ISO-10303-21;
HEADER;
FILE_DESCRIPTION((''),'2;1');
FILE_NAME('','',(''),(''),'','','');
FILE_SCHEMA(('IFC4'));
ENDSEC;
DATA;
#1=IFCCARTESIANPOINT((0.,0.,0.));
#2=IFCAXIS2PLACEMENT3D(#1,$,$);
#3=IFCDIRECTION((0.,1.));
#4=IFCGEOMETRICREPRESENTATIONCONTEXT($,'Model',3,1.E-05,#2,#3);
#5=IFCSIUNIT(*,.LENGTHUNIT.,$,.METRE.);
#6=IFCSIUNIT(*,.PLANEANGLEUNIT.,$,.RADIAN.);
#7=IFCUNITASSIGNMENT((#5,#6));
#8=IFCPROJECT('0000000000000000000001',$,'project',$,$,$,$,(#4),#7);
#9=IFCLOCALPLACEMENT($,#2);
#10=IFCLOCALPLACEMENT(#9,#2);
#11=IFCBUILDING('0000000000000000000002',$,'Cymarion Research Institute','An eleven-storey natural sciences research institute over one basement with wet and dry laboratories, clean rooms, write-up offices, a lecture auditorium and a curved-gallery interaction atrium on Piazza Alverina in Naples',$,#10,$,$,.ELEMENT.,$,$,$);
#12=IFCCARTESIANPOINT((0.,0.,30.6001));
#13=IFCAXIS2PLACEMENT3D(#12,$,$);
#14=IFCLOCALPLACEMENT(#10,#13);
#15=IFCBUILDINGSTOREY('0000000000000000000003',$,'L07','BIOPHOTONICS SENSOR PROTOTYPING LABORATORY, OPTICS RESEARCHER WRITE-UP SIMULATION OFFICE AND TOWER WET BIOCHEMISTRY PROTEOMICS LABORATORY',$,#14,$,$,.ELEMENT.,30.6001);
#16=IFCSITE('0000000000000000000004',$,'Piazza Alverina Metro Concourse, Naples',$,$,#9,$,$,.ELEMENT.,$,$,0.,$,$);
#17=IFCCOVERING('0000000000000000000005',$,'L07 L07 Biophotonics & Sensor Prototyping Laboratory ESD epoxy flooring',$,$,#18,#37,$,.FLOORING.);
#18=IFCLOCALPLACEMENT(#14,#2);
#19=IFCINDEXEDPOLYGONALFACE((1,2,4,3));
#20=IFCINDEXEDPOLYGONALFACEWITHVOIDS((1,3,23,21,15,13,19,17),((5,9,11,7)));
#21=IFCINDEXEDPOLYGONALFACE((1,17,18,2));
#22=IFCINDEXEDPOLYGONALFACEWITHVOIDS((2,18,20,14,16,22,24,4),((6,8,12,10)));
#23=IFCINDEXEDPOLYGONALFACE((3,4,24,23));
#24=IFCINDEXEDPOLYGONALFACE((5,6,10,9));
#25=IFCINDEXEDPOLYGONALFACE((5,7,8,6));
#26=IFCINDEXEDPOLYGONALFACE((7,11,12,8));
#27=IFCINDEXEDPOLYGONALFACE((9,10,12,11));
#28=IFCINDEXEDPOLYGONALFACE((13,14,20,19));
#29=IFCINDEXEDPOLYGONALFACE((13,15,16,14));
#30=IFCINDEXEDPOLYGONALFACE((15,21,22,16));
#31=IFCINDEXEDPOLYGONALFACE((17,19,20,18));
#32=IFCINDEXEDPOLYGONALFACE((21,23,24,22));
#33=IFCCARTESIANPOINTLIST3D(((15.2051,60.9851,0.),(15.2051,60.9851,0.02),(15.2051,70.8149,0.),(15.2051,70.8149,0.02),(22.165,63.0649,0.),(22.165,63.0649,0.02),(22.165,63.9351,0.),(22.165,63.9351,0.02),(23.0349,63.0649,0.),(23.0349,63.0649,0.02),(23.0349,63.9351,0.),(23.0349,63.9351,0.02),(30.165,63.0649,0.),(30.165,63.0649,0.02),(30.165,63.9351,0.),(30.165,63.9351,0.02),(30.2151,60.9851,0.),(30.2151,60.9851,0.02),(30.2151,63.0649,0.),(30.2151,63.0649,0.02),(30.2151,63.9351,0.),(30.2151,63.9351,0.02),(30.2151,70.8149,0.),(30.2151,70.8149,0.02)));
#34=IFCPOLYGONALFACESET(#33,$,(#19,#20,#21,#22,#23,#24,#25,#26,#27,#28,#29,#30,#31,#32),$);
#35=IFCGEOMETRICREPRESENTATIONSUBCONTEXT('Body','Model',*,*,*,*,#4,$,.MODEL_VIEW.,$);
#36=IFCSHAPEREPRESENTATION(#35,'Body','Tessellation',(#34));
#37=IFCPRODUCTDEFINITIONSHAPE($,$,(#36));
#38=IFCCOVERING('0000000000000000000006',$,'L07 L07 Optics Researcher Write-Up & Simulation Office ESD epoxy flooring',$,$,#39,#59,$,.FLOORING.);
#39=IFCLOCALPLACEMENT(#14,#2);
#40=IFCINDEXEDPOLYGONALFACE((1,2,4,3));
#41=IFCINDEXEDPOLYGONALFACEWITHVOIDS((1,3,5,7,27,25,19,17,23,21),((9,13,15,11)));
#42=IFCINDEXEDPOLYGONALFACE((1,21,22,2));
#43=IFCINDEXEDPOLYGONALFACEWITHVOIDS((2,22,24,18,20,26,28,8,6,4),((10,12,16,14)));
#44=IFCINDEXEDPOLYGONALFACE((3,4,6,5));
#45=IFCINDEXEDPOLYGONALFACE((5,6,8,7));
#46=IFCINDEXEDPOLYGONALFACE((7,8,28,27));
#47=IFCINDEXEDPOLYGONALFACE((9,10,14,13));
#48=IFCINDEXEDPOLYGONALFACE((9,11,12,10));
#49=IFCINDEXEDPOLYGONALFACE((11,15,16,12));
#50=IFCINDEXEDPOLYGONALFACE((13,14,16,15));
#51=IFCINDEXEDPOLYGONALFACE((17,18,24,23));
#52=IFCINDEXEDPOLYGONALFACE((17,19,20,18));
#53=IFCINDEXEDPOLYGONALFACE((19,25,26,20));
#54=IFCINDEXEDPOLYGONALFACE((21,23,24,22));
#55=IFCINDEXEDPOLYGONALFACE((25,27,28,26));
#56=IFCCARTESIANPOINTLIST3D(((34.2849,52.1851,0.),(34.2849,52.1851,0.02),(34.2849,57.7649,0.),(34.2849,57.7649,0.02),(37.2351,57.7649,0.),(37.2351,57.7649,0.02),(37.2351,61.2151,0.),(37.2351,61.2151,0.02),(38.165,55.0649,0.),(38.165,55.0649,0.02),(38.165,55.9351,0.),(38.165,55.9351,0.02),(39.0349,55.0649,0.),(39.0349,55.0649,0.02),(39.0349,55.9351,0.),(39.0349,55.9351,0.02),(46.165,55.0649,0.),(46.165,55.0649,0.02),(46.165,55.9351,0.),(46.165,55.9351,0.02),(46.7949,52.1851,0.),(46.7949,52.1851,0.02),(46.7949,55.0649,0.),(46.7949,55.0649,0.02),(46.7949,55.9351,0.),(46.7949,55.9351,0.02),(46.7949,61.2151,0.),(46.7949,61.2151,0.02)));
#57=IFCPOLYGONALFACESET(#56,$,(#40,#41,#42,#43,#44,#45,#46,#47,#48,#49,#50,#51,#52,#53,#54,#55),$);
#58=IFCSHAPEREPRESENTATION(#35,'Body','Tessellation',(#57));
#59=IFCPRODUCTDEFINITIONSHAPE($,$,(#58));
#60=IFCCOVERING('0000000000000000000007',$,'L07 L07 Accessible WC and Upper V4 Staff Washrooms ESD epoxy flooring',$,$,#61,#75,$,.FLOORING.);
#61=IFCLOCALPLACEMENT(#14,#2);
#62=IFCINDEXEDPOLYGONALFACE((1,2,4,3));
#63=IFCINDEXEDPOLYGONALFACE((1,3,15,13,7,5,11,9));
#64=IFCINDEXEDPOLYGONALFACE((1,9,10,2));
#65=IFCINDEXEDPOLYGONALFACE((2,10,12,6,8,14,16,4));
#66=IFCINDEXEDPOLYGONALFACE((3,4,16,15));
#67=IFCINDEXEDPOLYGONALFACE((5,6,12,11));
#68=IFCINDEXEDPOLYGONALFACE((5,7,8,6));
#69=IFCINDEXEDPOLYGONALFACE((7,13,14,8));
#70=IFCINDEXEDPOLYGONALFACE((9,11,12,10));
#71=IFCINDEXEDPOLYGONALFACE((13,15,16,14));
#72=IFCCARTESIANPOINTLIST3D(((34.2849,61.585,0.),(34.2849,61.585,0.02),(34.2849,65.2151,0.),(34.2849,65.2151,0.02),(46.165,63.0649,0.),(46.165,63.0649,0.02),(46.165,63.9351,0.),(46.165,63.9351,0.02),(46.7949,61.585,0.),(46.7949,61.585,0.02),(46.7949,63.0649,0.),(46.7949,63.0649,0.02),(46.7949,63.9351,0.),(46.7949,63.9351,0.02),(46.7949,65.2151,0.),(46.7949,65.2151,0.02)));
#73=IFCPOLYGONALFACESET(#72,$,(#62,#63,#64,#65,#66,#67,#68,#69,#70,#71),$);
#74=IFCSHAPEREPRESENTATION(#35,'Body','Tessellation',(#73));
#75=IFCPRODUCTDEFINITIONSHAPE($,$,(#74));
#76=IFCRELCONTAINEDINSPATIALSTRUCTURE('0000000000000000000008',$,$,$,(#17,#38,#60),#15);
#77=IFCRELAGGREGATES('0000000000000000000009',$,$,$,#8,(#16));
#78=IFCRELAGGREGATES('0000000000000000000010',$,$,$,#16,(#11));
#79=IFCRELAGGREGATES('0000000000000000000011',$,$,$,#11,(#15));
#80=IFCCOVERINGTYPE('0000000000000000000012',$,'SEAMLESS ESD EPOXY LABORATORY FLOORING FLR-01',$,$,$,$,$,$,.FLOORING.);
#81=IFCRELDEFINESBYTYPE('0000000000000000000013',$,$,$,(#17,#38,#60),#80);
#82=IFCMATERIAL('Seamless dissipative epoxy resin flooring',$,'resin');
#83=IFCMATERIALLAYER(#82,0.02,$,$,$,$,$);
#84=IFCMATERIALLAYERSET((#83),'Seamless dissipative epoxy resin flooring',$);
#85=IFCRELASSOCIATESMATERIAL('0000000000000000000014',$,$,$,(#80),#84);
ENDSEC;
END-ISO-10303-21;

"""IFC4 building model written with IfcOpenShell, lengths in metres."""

from ifc_helpers import new_model, si_unit, direction, frame, origin, place, context, subcontext, project, spatial, polyline, outline, extrude, material, layer, layer_set, type_object, element, save


model = new_model("IFC4")

# Units and contexts
model_context = context("Model", 3, precision=1e-05, world=origin(), true_north=direction((0.0, 1.0)))
body_context = subcontext(model_context, "Body", "Model", "MODEL_VIEW")
ifc_project = project(units=[si_unit("LENGTHUNIT", "METRE"), si_unit("PLANEANGLEUNIT", "RADIAN")], contexts=[model_context])

# Site, building, storey
site_placement = place(None, origin())
site = spatial("IfcSite", under=ifc_project, at=site_placement, Name="Piazza Alverina Metro Concourse, Naples", CompositionType="ELEMENT", RefElevation=0.0)
building_placement = place(site_placement, origin())
building = spatial("IfcBuilding", under=site, at=building_placement, Name="Cymarion Research Institute", Description="An eleven-storey natural sciences research institute over one basement with wet and dry laboratories, clean rooms, write-up offices, a lecture auditorium and a curved-gallery interaction atrium on Piazza Alverina in Naples", CompositionType="ELEMENT")
storey_placement = place(building_placement, frame((0.0, 0.0, 30.6001)))
storey = spatial("IfcBuildingStorey", under=building, at=storey_placement, Name="L07", Description="BIOPHOTONICS SENSOR PROTOTYPING LABORATORY, OPTICS RESEARCHER WRITE-UP SIMULATION OFFICE AND TOWER WET BIOCHEMISTRY PROTEOMICS LABORATORY", CompositionType="ELEMENT", Elevation=30.6001)

# Coverings
ifc_material_1 = material(Name="Seamless dissipative epoxy resin flooring", Category="resin")
ifc_layer_1 = layer(ifc_material_1, 0.02)
ifc_layer_set_1 = layer_set([ifc_layer_1], Name="Seamless dissipative epoxy resin flooring")
covering_type_1 = type_object("IfcCoveringType", Name="SEAMLESS ESD EPOXY LABORATORY FLOORING FLR-01", PredefinedType="FLOORING", material=ifc_layer_set_1)
covering_1_placement = place(storey_placement, origin())
element("IfcCovering", 1, at=covering_1_placement, inside=storey, type_object=covering_type_1, Name="L07 L07 Biophotonics & Sensor Prototyping Laboratory ESD epoxy flooring", PredefinedType="FLOORING", context=body_context, shape_type="SweptSolid", body=[
    extrude(outline(polyline([(30.2151, 63.0649), (30.2151, 60.9851), (15.2051, 60.9851), (15.2051, 70.8149), (30.2151, 70.8149), (30.2151, 63.9351), (30.165, 63.9351), (30.165, 63.0649), (30.2151, 63.0649)]), holes=[polyline([(22.165, 63.0649), (23.0349, 63.0649), (23.0349, 63.9351), (22.165, 63.9351), (22.165, 63.0649)])]), origin(), (0.0, 0.0, 1.0), 0.02),
])
covering_2_placement = place(storey_placement, origin())
element("IfcCovering", 2, at=covering_2_placement, inside=storey, type_object=covering_type_1, Name="L07 L07 Optics Researcher Write-Up & Simulation Office ESD epoxy flooring", PredefinedType="FLOORING", context=body_context, shape_type="SweptSolid", body=[
    extrude(outline(polyline([(37.2351, 61.2151), (46.7949, 61.2151), (46.7949, 55.9351), (46.165, 55.9351), (46.165, 55.0649), (46.7949, 55.0649), (46.7949, 52.1851), (34.2849, 52.1851), (34.2849, 57.7649), (37.2351, 57.7649), (37.2351, 61.2151)]), holes=[polyline([(38.165, 55.0649), (39.0349, 55.0649), (39.0349, 55.9351), (38.165, 55.9351), (38.165, 55.0649)])]), origin(), (0.0, 0.0, 1.0), 0.02),
])
covering_3_placement = place(storey_placement, origin())
element("IfcCovering", 3, at=covering_3_placement, inside=storey, type_object=covering_type_1, Name="L07 L07 Accessible WC and Upper V4 Staff Washrooms ESD epoxy flooring", PredefinedType="FLOORING", context=body_context, shape_type="SweptSolid", body=[
    extrude(outline(polyline([(34.2849, 65.2151), (46.7949, 65.2151), (46.7949, 63.9351), (46.165, 63.9351), (46.165, 63.0649), (46.7949, 63.0649), (46.7949, 61.585), (34.2849, 61.585), (34.2849, 65.2151)])), origin(), (0.0, 0.0, 1.0), 0.02),
])

save(model, "model.ifc")
